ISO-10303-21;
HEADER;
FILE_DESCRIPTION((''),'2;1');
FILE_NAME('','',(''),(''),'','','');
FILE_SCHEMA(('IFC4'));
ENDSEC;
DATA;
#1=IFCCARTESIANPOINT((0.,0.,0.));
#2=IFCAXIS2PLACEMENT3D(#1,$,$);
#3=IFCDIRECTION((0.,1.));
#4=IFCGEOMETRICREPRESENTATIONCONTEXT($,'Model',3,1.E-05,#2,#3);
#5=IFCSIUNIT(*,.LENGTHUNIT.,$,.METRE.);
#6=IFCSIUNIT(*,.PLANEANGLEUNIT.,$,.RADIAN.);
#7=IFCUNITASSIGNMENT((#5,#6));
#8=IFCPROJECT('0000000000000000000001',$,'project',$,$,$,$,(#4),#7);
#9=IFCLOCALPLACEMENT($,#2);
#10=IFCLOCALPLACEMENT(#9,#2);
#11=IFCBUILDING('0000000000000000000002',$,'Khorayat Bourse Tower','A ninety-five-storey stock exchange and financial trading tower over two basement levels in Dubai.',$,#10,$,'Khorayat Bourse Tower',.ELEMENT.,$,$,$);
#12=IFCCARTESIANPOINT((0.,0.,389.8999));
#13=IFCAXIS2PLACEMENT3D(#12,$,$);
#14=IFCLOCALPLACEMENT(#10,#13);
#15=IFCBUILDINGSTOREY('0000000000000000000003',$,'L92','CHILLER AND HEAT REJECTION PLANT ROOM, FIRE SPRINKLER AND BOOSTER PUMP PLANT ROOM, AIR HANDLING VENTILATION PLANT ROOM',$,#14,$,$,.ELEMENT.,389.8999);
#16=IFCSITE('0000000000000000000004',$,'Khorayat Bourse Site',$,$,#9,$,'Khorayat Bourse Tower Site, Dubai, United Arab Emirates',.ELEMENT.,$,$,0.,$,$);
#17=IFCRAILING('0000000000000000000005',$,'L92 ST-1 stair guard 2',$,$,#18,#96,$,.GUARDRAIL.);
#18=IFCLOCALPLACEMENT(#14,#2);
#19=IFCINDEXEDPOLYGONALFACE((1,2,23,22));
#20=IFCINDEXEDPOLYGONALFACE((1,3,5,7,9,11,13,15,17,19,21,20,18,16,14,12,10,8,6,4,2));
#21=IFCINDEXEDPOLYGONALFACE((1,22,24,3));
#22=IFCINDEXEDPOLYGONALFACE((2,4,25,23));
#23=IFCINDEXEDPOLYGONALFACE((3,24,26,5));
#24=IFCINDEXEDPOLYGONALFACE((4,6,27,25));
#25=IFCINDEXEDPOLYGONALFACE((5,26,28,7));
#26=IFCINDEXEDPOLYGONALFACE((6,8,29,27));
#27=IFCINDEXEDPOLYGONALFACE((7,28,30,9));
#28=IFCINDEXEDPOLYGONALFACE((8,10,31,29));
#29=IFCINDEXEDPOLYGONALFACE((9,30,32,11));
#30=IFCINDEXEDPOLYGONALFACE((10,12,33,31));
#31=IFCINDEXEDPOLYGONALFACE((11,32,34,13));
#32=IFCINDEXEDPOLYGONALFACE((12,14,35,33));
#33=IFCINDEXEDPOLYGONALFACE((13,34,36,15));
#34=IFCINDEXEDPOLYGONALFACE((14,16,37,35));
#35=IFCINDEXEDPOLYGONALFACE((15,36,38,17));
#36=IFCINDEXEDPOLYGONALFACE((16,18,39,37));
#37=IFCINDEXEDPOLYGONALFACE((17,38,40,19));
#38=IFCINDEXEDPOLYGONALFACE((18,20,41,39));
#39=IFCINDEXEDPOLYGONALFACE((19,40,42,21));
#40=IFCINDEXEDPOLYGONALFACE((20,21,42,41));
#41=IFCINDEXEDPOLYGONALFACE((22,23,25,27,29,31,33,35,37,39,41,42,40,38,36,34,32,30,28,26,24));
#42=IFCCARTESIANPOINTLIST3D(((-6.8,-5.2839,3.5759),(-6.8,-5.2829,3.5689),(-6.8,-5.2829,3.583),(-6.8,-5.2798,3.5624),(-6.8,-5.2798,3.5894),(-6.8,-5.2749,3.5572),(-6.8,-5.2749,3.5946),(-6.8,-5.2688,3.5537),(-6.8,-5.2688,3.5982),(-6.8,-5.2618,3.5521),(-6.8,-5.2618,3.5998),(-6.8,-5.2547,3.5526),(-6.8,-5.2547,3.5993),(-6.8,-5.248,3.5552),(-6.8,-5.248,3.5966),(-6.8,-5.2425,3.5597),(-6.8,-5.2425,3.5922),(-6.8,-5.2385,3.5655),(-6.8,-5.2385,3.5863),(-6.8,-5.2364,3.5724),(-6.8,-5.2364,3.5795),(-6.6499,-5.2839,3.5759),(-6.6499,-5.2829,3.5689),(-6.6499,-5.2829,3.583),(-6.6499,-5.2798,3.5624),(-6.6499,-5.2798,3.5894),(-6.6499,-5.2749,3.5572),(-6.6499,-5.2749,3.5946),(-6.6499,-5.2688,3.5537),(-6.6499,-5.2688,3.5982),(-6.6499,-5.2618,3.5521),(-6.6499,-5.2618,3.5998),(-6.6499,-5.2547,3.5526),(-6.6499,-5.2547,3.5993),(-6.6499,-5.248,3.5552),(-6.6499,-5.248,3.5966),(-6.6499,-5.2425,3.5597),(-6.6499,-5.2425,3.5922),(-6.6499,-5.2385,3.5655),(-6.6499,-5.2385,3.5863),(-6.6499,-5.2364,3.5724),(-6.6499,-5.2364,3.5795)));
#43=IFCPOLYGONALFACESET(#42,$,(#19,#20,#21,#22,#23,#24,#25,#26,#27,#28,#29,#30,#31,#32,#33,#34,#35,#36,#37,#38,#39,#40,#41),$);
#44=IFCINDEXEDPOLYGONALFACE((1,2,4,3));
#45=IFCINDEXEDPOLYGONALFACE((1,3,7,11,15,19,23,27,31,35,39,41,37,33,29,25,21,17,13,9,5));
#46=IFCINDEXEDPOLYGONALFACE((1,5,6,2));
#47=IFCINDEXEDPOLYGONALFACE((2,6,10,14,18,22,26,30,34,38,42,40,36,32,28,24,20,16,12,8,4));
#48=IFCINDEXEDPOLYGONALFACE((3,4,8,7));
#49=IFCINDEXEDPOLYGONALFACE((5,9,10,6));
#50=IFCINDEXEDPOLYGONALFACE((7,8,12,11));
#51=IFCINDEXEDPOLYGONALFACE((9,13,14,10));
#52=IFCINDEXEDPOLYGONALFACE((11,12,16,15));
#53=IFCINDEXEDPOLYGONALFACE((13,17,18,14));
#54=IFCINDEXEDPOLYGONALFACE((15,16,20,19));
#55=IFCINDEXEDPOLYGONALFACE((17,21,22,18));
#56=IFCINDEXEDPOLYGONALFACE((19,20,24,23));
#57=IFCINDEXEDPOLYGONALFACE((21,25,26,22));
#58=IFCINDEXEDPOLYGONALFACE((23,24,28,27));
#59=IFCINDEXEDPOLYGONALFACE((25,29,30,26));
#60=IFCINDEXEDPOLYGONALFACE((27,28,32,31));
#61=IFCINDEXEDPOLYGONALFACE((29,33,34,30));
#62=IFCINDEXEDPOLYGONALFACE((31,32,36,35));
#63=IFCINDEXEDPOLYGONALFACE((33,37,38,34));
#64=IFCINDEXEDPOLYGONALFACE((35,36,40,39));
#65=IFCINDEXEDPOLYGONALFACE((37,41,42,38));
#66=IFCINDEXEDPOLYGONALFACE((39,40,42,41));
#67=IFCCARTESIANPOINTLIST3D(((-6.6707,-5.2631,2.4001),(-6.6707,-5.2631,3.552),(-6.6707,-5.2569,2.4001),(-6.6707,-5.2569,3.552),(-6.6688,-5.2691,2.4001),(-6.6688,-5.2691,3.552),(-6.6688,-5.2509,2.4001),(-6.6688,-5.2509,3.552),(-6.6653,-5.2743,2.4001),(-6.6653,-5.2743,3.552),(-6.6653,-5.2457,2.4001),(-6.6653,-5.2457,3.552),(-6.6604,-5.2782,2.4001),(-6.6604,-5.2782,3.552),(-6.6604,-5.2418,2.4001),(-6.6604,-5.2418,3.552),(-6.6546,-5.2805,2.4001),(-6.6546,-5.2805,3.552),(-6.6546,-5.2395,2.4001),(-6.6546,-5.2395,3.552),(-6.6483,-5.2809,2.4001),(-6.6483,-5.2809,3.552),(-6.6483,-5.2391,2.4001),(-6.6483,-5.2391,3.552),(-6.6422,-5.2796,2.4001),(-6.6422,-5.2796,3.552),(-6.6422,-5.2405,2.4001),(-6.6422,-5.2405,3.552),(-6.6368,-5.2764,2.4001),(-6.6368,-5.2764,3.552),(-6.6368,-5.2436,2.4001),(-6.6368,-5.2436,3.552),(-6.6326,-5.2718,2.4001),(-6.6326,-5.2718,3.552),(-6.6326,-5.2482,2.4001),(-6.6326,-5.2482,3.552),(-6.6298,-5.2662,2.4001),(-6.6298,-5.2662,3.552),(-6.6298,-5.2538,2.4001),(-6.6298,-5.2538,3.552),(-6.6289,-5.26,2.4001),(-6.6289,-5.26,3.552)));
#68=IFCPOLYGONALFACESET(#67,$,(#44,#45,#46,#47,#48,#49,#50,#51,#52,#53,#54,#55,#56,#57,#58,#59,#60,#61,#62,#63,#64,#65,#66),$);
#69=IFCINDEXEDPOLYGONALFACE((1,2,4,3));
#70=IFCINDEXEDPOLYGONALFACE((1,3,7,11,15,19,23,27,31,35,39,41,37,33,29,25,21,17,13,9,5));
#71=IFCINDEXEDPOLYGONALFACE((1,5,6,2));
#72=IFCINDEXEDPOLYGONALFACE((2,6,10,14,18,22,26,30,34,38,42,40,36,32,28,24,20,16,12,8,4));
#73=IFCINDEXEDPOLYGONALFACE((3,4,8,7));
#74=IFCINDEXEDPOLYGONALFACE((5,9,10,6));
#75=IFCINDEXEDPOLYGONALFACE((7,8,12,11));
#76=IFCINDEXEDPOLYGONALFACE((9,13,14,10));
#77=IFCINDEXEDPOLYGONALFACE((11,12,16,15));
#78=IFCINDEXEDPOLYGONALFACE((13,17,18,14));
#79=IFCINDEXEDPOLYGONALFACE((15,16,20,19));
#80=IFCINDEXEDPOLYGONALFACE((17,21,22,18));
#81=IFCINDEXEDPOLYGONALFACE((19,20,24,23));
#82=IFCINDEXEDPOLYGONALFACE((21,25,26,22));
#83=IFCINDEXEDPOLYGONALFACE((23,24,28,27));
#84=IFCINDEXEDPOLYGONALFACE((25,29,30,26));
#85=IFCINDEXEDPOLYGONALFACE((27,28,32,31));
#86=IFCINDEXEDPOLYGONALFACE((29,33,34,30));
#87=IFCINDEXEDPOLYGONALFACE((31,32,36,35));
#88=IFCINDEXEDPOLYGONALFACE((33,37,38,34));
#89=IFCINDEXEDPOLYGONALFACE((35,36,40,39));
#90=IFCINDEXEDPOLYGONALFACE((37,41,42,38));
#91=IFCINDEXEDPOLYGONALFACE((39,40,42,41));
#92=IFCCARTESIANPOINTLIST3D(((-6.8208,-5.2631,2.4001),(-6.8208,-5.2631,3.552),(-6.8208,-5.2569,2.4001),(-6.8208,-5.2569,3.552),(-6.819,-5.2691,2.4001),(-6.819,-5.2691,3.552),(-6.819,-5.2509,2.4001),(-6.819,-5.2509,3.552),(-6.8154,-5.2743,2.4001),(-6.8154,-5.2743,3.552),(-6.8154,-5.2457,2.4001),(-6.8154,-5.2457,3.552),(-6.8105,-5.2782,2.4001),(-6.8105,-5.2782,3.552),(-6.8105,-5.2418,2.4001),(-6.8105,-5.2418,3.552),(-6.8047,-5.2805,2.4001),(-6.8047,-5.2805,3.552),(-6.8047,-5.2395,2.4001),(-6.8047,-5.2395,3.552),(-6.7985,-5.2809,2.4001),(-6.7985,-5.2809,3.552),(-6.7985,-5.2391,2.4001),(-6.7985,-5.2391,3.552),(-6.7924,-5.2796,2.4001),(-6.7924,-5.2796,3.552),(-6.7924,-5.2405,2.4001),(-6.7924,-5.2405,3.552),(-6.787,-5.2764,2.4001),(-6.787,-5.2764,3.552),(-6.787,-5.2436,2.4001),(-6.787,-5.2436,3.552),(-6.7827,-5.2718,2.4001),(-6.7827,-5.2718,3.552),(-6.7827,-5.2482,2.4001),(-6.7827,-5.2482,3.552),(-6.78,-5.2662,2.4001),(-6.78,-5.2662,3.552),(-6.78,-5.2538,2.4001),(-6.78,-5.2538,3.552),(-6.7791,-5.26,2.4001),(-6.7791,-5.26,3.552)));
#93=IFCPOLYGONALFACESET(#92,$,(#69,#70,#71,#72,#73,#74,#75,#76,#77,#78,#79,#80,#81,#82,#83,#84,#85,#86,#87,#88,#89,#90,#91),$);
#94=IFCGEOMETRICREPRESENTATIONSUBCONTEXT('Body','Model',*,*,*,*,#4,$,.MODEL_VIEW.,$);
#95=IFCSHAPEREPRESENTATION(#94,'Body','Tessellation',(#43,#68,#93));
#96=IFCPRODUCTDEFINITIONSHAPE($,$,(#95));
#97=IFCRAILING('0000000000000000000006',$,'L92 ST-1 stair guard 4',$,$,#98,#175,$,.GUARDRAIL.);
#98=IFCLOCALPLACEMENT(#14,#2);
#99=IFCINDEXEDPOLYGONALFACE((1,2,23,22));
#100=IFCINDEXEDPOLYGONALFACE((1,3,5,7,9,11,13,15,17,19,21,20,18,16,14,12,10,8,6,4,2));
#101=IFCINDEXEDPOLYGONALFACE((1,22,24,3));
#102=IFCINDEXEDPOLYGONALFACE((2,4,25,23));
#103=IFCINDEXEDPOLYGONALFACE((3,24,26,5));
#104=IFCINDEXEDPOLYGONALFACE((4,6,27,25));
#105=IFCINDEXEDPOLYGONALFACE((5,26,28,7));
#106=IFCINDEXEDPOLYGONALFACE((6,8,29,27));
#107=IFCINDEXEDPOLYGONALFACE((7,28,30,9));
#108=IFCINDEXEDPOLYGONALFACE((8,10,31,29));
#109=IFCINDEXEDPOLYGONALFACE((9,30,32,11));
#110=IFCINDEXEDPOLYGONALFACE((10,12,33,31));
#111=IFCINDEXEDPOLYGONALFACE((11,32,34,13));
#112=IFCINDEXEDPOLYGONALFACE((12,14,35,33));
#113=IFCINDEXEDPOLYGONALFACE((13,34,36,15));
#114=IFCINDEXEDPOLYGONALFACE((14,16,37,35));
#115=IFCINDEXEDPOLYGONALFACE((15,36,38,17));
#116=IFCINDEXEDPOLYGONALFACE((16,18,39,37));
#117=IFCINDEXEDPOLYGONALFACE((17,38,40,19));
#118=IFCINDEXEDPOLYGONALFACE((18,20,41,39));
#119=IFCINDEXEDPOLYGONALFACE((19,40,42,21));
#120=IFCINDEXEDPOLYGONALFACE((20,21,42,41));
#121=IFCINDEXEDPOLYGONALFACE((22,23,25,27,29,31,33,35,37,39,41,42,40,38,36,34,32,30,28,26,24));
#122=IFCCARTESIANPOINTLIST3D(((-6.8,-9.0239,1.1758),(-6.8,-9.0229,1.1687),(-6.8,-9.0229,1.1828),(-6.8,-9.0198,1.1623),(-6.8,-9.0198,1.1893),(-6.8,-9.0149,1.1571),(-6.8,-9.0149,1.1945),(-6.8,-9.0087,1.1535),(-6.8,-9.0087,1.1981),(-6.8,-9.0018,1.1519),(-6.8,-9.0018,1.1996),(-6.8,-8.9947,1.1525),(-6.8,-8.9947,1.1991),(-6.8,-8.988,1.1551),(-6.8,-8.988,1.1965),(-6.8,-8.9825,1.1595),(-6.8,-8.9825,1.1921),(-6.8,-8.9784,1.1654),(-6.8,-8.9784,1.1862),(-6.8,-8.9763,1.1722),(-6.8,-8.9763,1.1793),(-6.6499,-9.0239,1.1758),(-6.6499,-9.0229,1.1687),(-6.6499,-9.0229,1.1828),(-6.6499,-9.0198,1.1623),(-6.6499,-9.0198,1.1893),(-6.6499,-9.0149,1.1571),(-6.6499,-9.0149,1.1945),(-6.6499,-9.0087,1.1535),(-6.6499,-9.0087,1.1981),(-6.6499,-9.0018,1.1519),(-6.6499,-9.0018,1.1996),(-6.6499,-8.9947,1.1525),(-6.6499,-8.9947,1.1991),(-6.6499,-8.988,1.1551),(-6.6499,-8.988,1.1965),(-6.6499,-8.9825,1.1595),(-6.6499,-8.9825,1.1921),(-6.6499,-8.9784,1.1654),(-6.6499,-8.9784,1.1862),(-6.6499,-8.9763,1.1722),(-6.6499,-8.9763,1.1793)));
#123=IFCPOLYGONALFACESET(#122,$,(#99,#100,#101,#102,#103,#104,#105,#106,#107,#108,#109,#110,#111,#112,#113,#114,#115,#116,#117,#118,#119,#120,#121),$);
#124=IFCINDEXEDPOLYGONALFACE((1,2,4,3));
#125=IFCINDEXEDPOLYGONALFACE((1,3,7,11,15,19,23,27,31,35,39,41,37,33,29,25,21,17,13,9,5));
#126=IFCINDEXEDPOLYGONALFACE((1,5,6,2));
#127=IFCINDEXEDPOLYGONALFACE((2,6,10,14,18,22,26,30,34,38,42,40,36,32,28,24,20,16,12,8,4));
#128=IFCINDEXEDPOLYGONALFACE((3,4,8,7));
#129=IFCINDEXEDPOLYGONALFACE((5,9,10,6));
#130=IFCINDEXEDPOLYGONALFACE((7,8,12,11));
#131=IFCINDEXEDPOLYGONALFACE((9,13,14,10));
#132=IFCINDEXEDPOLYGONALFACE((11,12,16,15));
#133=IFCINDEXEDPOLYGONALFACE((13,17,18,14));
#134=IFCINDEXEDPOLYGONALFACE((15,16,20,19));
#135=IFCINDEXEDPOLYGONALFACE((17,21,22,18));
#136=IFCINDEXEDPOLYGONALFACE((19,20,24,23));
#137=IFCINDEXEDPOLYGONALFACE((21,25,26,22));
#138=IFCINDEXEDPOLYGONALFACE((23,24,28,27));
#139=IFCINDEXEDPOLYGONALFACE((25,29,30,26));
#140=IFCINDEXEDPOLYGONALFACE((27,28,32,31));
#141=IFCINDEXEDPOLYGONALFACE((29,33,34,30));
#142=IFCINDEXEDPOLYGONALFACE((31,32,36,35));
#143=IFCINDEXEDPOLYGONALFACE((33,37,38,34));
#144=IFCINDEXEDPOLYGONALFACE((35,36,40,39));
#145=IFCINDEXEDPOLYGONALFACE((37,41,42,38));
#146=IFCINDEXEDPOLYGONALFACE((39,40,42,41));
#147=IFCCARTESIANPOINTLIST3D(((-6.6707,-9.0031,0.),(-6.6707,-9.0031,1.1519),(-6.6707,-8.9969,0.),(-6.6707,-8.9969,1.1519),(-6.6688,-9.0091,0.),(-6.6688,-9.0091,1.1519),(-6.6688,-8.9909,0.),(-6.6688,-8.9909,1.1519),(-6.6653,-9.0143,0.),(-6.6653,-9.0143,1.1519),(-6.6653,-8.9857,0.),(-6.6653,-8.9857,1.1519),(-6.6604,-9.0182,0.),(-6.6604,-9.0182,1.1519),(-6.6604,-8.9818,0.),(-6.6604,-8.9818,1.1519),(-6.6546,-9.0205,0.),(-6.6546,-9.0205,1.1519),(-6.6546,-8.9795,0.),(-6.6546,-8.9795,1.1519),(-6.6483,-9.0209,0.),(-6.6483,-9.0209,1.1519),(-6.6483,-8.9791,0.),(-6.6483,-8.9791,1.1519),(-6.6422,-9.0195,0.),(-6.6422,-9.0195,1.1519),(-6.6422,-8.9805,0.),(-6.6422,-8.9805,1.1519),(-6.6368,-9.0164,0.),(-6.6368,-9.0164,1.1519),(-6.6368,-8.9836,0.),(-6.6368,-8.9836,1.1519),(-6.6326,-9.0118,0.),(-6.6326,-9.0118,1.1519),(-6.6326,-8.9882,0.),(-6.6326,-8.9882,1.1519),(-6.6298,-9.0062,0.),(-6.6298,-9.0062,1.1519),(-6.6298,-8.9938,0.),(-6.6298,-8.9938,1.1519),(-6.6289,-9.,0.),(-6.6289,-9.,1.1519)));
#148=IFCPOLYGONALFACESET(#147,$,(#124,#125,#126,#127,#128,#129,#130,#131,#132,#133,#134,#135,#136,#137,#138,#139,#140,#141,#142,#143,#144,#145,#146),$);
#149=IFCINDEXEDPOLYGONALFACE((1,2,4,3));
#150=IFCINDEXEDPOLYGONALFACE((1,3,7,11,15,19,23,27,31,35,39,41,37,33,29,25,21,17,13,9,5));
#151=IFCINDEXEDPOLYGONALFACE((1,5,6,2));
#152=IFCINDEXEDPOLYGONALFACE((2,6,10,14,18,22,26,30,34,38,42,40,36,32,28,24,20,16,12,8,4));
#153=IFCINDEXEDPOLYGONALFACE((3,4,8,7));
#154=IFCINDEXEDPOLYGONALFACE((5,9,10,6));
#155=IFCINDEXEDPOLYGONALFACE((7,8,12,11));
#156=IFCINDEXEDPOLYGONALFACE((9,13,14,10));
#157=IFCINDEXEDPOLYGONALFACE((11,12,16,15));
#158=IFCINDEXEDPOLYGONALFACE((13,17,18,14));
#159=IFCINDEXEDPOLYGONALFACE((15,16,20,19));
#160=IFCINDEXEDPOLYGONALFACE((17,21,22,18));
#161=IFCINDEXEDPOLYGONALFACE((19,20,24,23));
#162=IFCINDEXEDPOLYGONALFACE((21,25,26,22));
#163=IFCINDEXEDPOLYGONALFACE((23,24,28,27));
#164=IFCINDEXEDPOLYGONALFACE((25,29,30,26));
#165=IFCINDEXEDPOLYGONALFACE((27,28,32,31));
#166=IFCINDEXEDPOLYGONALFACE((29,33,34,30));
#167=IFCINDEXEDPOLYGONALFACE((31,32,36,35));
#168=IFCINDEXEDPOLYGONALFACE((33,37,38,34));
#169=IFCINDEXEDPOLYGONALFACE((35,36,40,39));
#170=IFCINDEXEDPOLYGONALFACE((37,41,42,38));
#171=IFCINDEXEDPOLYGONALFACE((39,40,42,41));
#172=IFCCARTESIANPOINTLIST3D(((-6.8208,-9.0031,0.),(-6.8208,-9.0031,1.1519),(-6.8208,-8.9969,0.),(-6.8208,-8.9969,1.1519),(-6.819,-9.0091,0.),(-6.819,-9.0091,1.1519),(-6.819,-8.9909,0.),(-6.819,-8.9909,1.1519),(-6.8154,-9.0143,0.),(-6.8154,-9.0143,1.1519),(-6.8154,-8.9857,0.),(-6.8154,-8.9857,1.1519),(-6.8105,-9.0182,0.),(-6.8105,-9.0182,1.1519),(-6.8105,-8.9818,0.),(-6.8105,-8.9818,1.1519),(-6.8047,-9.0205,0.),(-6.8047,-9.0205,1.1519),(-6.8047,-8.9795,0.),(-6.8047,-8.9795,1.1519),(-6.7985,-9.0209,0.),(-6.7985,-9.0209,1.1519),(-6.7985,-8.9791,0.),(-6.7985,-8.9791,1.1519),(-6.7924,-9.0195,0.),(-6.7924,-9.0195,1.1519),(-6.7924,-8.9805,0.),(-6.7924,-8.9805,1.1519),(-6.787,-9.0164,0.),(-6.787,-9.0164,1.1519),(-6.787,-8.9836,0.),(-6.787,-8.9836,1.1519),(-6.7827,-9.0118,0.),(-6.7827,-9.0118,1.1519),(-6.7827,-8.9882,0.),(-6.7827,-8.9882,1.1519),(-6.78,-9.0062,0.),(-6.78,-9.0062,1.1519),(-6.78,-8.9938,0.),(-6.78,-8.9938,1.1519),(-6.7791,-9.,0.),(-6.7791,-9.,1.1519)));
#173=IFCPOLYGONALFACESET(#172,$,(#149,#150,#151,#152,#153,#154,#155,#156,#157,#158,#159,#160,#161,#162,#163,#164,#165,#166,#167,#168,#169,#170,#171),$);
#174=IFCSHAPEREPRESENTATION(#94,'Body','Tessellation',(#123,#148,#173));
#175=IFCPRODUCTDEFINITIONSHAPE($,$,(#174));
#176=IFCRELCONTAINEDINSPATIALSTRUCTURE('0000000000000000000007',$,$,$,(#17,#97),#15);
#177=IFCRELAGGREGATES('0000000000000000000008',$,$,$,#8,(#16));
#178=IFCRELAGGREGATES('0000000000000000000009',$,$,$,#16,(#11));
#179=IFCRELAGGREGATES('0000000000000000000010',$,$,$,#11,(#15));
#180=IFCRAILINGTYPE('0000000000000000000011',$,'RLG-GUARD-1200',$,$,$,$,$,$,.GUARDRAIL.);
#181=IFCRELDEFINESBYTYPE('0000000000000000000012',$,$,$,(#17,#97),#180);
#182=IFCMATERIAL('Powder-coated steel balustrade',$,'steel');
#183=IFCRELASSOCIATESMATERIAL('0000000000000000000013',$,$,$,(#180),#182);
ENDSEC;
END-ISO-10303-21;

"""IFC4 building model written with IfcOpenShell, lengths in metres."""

from ifc_helpers import new_model, si_unit, direction, frame, origin, origin_2d, place, context, subcontext, project, spatial, circle, extrude, source, transform, mapped, material, type_object, element, save


model = new_model("IFC4")

# Units and contexts
model_context = context("Model", 3, precision=1e-05, world=origin(), true_north=direction((0.0, 1.0)))
body_context = subcontext(model_context, "Body", "Model", "MODEL_VIEW")
ifc_project = project(units=[si_unit("LENGTHUNIT", "METRE"), si_unit("PLANEANGLEUNIT", "RADIAN")], contexts=[model_context])

# Site, building, storey
site_placement = place(None, origin())
site = spatial("IfcSite", under=ifc_project, at=site_placement, Name="Khorayat Bourse Site", LongName="Khorayat Bourse Tower Site, Dubai, United Arab Emirates", CompositionType="ELEMENT", RefElevation=0.0)
building_placement = place(site_placement, origin())
building = spatial("IfcBuilding", under=site, at=building_placement, Name="Khorayat Bourse Tower", Description="A ninety-five-storey stock exchange and financial trading tower over two basement levels in Dubai.", LongName="Khorayat Bourse Tower", CompositionType="ELEMENT")
storey_placement = place(building_placement, frame((0.0, 0.0, 389.8999)))
storey = spatial("IfcBuildingStorey", under=building, at=storey_placement, Name="L92", Description="CHILLER AND HEAT REJECTION PLANT ROOM, FIRE SPRINKLER AND BOOSTER PUMP PLANT ROOM, AIR HANDLING VENTILATION PLANT ROOM", CompositionType="ELEMENT", Elevation=389.8999)

# Railings
ifc_material_1 = material(Name="Powder-coated steel balustrade", Category="steel")
railing_type_1 = type_object("IfcRailingType", Name="RLG-GUARD-1200", PredefinedType="GUARDRAIL", material=ifc_material_1)
shared_shape_1 = source(origin(), body_context, "Body", "SweptSolid", [
    extrude(circle(Radius=0.0239, at=origin_2d()), frame((0.0, 0.0, 1.1758), z_axis=(-1.0, 0.0, 0.0), x_axis=(0.0, -1.0, 0.0)), (0.0, 0.0, 1.0), 0.1501),
    extrude(circle(Radius=0.021, at=origin_2d()), origin(), (0.0, 0.0, 1.0), 1.1519),
    extrude(circle(Radius=0.021, at=origin_2d()), frame((-0.1501, 0.0, 0.0)), (0.0, 0.0, 1.0), 1.1519),
])
for number, where, name in (
    (1, (-6.6499, -5.26, 2.4001), "L92 ST-1 stair guard 2"),
    (2, (-6.6499, -9.0, 0.0), "L92 ST-1 stair guard 4"),
):
    element("IfcRailing", number, at=place(storey_placement, frame(where)), inside=storey, type_object=railing_type_1, Name=name, PredefinedType="GUARDRAIL", context=body_context, shape_type="MappedRepresentation", body=[
        mapped(shared_shape_1, transform((0.0, 0.0, 0.0), scale=1.0)),
    ])

save(model, "model.ifc")
